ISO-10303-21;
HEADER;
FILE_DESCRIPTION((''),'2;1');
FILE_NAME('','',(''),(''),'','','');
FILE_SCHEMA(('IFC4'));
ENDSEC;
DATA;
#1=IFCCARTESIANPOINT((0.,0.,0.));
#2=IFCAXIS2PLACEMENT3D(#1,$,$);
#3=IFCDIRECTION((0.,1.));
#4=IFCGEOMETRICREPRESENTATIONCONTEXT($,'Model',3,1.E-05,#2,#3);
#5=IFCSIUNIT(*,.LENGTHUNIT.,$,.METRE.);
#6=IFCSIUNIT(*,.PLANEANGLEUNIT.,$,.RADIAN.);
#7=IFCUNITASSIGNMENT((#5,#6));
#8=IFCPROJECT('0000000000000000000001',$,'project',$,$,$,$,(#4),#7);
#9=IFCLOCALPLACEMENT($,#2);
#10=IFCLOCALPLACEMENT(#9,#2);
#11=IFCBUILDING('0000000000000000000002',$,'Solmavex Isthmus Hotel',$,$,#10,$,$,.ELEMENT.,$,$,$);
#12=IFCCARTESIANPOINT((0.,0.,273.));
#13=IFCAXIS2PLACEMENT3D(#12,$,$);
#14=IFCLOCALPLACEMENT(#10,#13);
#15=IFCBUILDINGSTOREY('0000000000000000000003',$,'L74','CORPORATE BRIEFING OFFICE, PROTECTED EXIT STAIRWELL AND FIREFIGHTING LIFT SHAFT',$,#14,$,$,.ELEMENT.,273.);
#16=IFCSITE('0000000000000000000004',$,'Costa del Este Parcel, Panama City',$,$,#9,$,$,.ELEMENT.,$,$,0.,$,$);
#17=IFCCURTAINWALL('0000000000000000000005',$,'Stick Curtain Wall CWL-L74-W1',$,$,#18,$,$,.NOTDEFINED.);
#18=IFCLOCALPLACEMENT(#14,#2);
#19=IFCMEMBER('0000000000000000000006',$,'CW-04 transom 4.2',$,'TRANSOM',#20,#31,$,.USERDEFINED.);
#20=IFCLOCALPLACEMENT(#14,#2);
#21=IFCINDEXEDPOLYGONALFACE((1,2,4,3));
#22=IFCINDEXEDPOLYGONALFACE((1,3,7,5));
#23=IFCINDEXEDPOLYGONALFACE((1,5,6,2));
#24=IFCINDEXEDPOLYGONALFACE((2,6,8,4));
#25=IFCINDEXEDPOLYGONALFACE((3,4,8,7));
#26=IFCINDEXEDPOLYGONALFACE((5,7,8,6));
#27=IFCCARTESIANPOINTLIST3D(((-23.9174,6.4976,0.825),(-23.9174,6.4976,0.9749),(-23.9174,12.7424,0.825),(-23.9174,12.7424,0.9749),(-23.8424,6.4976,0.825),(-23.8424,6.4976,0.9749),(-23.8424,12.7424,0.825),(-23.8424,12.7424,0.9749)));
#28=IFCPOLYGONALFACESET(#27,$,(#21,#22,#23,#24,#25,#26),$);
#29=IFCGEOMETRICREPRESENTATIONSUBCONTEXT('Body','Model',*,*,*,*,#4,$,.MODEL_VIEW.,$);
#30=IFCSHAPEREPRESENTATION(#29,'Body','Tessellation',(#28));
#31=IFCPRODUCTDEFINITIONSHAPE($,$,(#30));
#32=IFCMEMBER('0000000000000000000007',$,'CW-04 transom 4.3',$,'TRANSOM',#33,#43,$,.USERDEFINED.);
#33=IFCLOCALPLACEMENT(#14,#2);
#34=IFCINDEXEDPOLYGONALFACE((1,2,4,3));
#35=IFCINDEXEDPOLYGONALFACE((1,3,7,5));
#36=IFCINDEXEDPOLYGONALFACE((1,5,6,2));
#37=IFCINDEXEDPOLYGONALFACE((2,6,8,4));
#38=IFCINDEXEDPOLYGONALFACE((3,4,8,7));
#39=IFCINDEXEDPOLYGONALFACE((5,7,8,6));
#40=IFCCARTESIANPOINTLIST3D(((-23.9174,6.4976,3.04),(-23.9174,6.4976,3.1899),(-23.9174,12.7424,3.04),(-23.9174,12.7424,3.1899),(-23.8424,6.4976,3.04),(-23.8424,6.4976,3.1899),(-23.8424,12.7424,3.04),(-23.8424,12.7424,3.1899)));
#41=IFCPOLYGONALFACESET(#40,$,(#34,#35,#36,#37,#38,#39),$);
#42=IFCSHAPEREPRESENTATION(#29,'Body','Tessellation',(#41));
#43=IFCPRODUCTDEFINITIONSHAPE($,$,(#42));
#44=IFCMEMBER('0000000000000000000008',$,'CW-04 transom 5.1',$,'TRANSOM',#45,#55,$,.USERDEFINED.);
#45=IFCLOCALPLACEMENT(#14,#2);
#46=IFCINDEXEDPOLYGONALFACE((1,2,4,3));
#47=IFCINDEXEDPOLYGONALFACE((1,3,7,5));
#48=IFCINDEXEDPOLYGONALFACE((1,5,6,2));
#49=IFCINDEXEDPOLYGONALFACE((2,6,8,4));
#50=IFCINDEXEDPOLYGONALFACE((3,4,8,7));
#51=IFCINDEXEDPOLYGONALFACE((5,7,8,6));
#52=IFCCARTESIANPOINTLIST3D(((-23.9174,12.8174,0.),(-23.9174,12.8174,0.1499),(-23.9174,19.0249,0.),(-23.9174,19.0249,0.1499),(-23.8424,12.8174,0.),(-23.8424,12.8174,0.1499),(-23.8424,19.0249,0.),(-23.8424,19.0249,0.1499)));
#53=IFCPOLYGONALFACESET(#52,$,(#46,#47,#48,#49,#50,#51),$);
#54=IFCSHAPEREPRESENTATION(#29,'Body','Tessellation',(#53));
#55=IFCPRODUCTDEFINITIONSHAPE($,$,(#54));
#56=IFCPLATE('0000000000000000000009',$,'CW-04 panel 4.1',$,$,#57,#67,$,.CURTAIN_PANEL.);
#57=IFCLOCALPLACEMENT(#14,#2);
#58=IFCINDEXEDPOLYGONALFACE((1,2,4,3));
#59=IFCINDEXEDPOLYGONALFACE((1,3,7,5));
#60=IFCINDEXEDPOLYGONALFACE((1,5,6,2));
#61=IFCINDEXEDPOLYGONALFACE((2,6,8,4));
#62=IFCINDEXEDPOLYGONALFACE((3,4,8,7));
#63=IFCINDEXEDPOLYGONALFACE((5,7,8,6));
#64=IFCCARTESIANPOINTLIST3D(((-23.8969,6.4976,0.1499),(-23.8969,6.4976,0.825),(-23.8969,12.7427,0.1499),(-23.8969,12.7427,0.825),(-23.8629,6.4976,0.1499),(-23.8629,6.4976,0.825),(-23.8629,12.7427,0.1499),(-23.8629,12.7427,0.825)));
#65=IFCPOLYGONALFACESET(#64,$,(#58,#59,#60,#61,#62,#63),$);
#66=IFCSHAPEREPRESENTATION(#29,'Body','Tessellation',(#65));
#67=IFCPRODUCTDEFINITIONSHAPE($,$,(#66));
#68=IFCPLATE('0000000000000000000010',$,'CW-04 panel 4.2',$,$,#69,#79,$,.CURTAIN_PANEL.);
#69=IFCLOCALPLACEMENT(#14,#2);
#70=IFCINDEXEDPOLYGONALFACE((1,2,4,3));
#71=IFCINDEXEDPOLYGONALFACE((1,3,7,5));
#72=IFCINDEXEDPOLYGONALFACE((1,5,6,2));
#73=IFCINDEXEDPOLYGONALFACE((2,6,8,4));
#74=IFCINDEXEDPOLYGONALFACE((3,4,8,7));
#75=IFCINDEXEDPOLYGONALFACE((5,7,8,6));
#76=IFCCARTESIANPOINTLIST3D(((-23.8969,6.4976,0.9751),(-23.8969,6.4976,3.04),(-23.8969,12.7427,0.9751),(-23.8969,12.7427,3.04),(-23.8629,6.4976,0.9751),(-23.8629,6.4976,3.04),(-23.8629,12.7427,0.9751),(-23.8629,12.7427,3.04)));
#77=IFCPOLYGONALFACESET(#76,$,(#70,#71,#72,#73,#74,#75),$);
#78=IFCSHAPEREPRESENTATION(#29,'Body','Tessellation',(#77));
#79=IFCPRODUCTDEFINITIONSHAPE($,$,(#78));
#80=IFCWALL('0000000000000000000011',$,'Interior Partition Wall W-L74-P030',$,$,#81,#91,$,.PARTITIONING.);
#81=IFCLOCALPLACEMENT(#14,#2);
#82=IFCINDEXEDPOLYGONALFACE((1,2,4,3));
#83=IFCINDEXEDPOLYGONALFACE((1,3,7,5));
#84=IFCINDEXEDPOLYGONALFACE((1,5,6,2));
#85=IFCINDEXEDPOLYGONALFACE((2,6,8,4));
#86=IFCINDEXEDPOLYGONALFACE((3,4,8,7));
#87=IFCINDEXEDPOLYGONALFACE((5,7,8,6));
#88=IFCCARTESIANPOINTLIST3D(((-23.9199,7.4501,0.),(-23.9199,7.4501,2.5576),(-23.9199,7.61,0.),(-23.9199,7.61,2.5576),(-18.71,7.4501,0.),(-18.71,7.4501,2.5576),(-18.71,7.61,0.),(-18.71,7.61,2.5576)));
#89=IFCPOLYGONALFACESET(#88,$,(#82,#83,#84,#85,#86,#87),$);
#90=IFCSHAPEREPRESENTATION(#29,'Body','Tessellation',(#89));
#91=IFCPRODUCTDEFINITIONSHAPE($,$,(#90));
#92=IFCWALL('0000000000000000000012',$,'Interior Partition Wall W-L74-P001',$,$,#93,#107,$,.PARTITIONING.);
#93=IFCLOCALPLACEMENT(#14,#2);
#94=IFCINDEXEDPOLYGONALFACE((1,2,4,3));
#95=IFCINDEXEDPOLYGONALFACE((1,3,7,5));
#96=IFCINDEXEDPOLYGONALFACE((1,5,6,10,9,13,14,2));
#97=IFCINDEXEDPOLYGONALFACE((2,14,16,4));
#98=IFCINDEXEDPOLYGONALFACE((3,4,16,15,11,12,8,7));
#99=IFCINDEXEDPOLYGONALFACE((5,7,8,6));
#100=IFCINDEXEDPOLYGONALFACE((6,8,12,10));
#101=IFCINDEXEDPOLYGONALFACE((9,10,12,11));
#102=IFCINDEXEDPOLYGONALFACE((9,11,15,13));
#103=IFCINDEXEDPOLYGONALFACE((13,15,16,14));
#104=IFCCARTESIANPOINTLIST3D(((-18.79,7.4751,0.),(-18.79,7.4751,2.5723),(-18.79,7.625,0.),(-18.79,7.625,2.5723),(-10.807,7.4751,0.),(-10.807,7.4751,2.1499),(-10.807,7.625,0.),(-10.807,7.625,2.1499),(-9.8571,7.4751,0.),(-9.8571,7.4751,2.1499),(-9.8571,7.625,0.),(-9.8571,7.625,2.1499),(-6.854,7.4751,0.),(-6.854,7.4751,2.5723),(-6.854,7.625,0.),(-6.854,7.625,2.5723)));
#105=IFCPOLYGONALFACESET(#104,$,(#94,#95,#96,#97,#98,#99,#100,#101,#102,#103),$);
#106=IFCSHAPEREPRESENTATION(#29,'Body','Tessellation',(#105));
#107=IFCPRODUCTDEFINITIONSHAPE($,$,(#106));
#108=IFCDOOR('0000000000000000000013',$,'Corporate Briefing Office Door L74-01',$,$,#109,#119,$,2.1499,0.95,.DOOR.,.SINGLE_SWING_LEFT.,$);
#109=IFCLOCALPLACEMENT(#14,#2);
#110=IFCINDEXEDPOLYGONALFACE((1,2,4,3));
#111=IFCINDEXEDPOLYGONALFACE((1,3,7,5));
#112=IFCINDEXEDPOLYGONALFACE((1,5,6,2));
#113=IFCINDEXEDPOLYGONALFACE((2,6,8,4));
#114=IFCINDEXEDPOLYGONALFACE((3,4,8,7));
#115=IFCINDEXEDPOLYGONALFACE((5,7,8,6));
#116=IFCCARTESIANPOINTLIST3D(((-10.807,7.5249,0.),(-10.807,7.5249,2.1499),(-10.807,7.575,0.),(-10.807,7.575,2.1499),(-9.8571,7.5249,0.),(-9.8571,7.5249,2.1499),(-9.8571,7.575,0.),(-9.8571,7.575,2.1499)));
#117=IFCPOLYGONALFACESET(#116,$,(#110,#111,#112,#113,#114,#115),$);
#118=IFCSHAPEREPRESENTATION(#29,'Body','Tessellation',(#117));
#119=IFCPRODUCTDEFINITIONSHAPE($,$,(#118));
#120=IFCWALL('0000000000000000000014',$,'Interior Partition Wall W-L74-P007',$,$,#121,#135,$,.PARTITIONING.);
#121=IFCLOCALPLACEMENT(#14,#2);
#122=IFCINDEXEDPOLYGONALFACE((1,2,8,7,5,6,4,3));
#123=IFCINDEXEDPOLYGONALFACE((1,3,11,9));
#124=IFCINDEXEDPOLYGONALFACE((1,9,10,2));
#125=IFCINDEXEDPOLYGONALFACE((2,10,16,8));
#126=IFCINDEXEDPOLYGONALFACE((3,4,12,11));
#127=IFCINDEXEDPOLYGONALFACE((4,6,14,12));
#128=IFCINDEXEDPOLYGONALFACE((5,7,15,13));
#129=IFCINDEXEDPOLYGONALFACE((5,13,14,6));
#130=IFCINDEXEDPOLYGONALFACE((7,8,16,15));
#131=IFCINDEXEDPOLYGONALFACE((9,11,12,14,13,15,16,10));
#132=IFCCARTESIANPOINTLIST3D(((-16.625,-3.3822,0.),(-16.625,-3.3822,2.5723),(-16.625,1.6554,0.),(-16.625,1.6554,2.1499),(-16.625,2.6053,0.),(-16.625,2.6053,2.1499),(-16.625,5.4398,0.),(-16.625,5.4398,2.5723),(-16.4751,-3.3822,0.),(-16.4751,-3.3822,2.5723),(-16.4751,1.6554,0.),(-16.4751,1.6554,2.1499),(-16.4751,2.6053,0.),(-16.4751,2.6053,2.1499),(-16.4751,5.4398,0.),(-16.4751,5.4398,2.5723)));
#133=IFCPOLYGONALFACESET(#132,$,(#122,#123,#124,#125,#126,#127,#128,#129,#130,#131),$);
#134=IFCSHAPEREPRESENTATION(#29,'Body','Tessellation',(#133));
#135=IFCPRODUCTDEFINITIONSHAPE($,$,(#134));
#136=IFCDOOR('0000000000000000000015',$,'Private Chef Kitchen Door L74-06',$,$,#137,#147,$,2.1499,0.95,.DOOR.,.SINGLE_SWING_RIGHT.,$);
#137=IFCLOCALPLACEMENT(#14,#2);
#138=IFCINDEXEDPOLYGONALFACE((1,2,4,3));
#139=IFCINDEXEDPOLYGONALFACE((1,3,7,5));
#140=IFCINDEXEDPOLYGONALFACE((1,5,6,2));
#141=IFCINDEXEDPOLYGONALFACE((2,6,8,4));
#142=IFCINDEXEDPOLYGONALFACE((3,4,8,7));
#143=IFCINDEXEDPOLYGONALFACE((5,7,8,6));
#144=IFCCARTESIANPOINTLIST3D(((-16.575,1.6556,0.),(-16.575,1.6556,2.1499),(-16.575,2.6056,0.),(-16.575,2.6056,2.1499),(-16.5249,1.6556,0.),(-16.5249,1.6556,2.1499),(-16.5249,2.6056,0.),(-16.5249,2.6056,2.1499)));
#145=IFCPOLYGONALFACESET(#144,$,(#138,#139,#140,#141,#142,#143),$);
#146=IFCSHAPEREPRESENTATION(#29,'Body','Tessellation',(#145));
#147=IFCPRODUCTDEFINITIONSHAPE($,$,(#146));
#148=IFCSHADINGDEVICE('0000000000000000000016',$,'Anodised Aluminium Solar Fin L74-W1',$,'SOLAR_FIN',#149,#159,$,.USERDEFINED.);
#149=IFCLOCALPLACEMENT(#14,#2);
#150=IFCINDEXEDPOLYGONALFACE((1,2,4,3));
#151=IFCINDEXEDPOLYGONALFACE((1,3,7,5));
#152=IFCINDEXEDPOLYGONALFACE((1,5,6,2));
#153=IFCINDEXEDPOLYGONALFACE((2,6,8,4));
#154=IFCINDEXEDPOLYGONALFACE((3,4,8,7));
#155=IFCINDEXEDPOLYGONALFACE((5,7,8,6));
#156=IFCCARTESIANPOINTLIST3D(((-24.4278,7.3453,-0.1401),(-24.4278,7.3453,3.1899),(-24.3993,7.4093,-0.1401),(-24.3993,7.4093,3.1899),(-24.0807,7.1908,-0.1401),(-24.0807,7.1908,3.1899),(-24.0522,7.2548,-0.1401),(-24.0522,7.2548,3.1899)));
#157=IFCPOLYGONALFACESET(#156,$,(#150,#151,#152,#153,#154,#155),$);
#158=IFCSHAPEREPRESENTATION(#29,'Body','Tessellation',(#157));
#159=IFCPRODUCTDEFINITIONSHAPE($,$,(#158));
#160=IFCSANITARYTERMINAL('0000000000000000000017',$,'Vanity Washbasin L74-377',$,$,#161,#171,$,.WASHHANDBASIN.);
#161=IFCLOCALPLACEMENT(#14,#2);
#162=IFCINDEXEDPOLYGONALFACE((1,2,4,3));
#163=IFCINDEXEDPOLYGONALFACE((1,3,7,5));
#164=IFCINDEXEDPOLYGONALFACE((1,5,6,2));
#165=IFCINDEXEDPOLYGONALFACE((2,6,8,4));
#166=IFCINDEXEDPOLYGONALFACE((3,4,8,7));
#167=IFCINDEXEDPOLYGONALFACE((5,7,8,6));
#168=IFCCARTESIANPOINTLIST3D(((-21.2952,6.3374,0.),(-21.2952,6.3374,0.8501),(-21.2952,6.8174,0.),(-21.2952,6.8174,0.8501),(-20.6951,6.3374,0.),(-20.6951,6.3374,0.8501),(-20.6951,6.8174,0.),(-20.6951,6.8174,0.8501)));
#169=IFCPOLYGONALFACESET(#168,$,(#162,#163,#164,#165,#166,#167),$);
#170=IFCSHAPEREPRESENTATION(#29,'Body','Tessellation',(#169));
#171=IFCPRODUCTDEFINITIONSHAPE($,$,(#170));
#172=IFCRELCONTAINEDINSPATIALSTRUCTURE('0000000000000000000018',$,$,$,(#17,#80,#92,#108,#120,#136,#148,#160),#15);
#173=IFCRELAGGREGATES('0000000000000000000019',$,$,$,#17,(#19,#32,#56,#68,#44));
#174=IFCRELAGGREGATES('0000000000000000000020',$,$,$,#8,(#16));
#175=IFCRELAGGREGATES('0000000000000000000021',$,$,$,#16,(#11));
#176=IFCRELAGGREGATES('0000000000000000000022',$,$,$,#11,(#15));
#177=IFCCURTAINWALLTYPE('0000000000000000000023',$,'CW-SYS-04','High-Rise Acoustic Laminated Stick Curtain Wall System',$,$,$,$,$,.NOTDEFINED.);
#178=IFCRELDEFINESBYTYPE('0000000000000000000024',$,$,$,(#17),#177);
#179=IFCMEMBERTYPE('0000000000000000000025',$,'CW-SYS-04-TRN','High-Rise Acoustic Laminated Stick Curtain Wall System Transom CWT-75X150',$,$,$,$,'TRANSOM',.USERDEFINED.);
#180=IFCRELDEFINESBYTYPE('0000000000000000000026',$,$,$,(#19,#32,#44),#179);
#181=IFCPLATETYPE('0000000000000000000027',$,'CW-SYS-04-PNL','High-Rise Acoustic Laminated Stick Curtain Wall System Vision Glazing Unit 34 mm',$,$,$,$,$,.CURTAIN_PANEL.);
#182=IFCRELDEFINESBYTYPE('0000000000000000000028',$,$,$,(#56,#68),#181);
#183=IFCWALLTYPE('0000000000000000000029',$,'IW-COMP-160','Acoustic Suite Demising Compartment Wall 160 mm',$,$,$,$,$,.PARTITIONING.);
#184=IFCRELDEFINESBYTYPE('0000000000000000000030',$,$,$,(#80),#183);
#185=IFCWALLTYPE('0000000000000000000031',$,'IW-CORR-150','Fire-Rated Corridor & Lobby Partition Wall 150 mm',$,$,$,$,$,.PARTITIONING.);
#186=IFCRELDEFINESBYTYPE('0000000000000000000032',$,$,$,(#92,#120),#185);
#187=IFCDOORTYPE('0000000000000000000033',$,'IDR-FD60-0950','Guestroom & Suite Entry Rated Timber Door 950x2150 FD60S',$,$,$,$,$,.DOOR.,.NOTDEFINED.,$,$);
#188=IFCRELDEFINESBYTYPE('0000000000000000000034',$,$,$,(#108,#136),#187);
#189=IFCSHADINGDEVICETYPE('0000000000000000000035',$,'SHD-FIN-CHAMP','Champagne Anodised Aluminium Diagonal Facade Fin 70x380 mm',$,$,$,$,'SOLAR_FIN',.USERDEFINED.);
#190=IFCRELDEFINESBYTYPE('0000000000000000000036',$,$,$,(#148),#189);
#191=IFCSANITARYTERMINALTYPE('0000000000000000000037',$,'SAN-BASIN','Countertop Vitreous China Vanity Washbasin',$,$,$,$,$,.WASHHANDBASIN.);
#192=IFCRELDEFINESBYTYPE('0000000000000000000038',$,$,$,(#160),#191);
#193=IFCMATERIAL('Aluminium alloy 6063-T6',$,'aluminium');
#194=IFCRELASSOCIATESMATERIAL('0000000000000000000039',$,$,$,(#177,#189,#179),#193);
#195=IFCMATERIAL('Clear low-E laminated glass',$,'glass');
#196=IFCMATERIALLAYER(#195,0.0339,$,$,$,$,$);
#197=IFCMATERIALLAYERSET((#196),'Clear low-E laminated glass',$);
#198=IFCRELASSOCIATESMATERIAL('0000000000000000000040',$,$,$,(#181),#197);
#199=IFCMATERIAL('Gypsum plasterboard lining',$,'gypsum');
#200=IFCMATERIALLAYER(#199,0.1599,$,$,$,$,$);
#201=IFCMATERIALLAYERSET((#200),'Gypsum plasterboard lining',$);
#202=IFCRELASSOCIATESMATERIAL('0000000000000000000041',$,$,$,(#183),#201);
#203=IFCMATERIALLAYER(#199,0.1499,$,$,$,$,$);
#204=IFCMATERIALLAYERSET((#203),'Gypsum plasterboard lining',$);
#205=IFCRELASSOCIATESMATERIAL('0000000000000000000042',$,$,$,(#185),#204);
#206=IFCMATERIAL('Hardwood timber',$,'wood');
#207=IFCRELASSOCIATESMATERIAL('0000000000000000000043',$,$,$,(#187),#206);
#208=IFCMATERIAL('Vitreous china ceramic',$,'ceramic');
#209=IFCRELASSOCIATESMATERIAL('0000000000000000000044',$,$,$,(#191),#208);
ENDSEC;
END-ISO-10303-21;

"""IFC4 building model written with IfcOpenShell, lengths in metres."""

from ifc_helpers import new_model, si_unit, direction, frame, frame_2d, origin, origin_2d, place, context, subcontext, project, spatial, rectangle, extrude, material, layer, layer_set, material_profile, profile_set, type_object, element, fill, aggregate, save


model = new_model("IFC4")

# Units and contexts
model_context = context("Model", 3, precision=1e-05, world=origin(), true_north=direction((0.0, 1.0)))
body_context = subcontext(model_context, "Body", "Model", "MODEL_VIEW")
ifc_project = project(units=[si_unit("LENGTHUNIT", "METRE"), si_unit("PLANEANGLEUNIT", "RADIAN")], contexts=[model_context])

# Site, building, storey
site_placement = place(None, origin())
site = spatial("IfcSite", under=ifc_project, at=site_placement, Name="Costa del Este Parcel, Panama City", CompositionType="ELEMENT", RefElevation=0.0)
building_placement = place(site_placement, origin())
building = spatial("IfcBuilding", under=site, at=building_placement, Name="Solmavex Isthmus Hotel", CompositionType="ELEMENT")
storey_placement = place(building_placement, frame((0.0, 0.0, 273.0)))
storey = spatial("IfcBuildingStorey", under=building, at=storey_placement, Name="L74", Description="CORPORATE BRIEFING OFFICE, PROTECTED EXIT STAIRWELL AND FIREFIGHTING LIFT SHAFT", CompositionType="ELEMENT", Elevation=273.0)

# Curtain wall, members, plates
ifc_material_1 = material(Name="Aluminium alloy 6063-T6", Category="aluminium")
curtain_wall_type = type_object("IfcCurtainWallType", Name="CW-SYS-04", Description="High-Rise Acoustic Laminated Stick Curtain Wall System", PredefinedType="NOTDEFINED", material=ifc_material_1)
curtain_wall_placement = place(storey_placement, origin())
curtain_wall = element("IfcCurtainWall", 1, at=curtain_wall_placement, inside=storey, type_object=curtain_wall_type, Name="Stick Curtain Wall CWL-L74-W1", PredefinedType="NOTDEFINED")
ifc_material_profile_1 = material_profile(ifc_material_1, rectangle(XDim=0.075, YDim=0.1499, at=origin_2d()), Name="CWT-75X150")
ifc_profile_set_1 = profile_set([ifc_material_profile_1], Name="Aluminium alloy 6063-T6")
member_type_1 = type_object("IfcMemberType", Name="CW-SYS-04-TRN", Description="High-Rise Acoustic Laminated Stick Curtain Wall System Transom CWT-75X150", ElementType="TRANSOM", PredefinedType="USERDEFINED", material=ifc_profile_set_1)
member_1_placement = place(storey_placement, frame((-23.8799, 6.4976, 0.8999), z_axis=(0.0, 1.0, 0.0), x_axis=(-1.0, 0.0, 0.0)))
member_1 = element("IfcMember", 2, at=member_1_placement, type_object=member_type_1, Name="CW-04 transom 4.2", ObjectType="TRANSOM", PredefinedType="USERDEFINED", context=body_context, shape_type="SweptSolid", body=[
    extrude(rectangle(XDim=0.075, YDim=0.1499, at=origin_2d()), origin(), (0.0, 0.0, 1.0), 6.2449),
])
member_2_placement = place(storey_placement, frame((-23.8799, 6.4976, 3.115), z_axis=(0.0, 1.0, 0.0), x_axis=(-1.0, 0.0, 0.0)))
member_2 = element("IfcMember", 3, at=member_2_placement, type_object=member_type_1, Name="CW-04 transom 4.3", ObjectType="TRANSOM", PredefinedType="USERDEFINED", context=body_context, shape_type="SweptSolid", body=[
    extrude(rectangle(XDim=0.075, YDim=0.1499, at=origin_2d()), origin(), (0.0, 0.0, 1.0), 6.2449),
])
member_3_placement = place(storey_placement, frame((-23.8799, 12.8174, 0.075), z_axis=(0.0, 1.0, 0.0), x_axis=(-1.0, 0.0, 0.0)))
member_3 = element("IfcMember", 4, at=member_3_placement, type_object=member_type_1, Name="CW-04 transom 5.1", ObjectType="TRANSOM", PredefinedType="USERDEFINED", context=body_context, shape_type="SweptSolid", body=[
    extrude(rectangle(XDim=0.075, YDim=0.1499, at=origin_2d()), origin(), (0.0, 0.0, 1.0), 6.2075),
])
ifc_material_2 = material(Name="Clear low-E laminated glass", Category="glass")
ifc_layer_1 = layer(ifc_material_2, 0.0339)
ifc_layer_set_1 = layer_set([ifc_layer_1], Name="Clear low-E laminated glass")
plate_type = type_object("IfcPlateType", Name="CW-SYS-04-PNL", Description="High-Rise Acoustic Laminated Stick Curtain Wall System Vision Glazing Unit 34 mm", PredefinedType="CURTAIN_PANEL", material=ifc_layer_set_1)
plate_1_placement = place(storey_placement, frame((-23.8799, 9.6201, 0.1499), z_axis=(0.0, 0.0, 1.0), x_axis=(0.0, 1.0, 0.0)))
plate_1 = element("IfcPlate", 5, at=plate_1_placement, type_object=plate_type, Name="CW-04 panel 4.1", PredefinedType="CURTAIN_PANEL", context=body_context, shape_type="SweptSolid", body=[
    extrude(rectangle(XDim=6.2451, YDim=0.0339, at=origin_2d()), origin(), (0.0, 0.0, 1.0), 0.675),
])
plate_2_placement = place(storey_placement, frame((-23.8799, 9.6201, 0.9751), z_axis=(0.0, 0.0, 1.0), x_axis=(0.0, 1.0, 0.0)))
plate_2 = element("IfcPlate", 6, at=plate_2_placement, type_object=plate_type, Name="CW-04 panel 4.2", PredefinedType="CURTAIN_PANEL", context=body_context, shape_type="SweptSolid", body=[
    extrude(rectangle(XDim=6.2451, YDim=0.0339, at=origin_2d()), origin(), (0.0, 0.0, 1.0), 2.0649),
])
aggregate(curtain_wall, [member_1, member_2, plate_1, plate_2, member_3])

# Wall
ifc_material_3 = material(Name="Gypsum plasterboard lining", Category="gypsum")
ifc_layer_2 = layer(ifc_material_3, 0.1599)
ifc_layer_set_2 = layer_set([ifc_layer_2], Name="Gypsum plasterboard lining")
wall_type_1 = type_object("IfcWallType", Name="IW-COMP-160", Description="Acoustic Suite Demising Compartment Wall 160 mm", PredefinedType="PARTITIONING", material=ifc_layer_set_2)
wall_1_placement = place(storey_placement, frame((-18.71, 7.53, 0.0), z_axis=(0.0, 0.0, 1.0), x_axis=(-1.0, 0.0, 0.0)))
element("IfcWall", 7, at=wall_1_placement, inside=storey, type_object=wall_type_1, Name="Interior Partition Wall W-L74-P030", PredefinedType="PARTITIONING", context=body_context, shape_type="SweptSolid", body=[
    extrude(rectangle(XDim=5.21, YDim=0.1599, at=frame_2d((2.605, 0.0))), origin(), (0.0, 0.0, 1.0), 2.5576),
])

# Walls, openings, doors
ifc_layer_3 = layer(ifc_material_3, 0.1499)
ifc_layer_set_3 = layer_set([ifc_layer_3], Name="Gypsum plasterboard lining")
wall_type_2 = type_object("IfcWallType", Name="IW-CORR-150", Description="Fire-Rated Corridor & Lobby Partition Wall 150 mm", PredefinedType="PARTITIONING", material=ifc_layer_set_3)
wall_2_placement = place(storey_placement, frame((-18.79, 7.55, 0.0), z_axis=(0.0, 0.0, 1.0), x_axis=(1.0, 0.0, 0.0)))
wall_2 = element("IfcWall", 8, at=wall_2_placement, inside=storey, type_object=wall_type_2, Name="Interior Partition Wall W-L74-P001", PredefinedType="PARTITIONING", context=body_context, shape_type="SweptSolid", body=[
    extrude(rectangle(XDim=11.936, YDim=0.1499, at=frame_2d((5.968, 0.0))), origin(), (0.0, 0.0, 1.0), 2.5723),
])
opening_1_placement = place(wall_2_placement, frame((7.9829, 0.0, 0.0)))
opening_1 = element("IfcOpeningElement", 9, at=opening_1_placement, cuts=wall_2, PredefinedType="OPENING", context=body_context, shape_type="SweptSolid", body=[
    extrude(rectangle(XDim=0.95, YDim=2.1499, at=frame_2d((0.4751, 1.075))), frame((0.0, 0.085, 0.0), z_axis=(0.0, -1.0, 0.0), x_axis=(1.0, 0.0, 0.0)), (0.0, 0.0, 1.0), 0.1699),
])
ifc_material_4 = material(Name="Hardwood timber", Category="wood")
door_type = type_object("IfcDoorType", Name="IDR-FD60-0950", Description="Guestroom & Suite Entry Rated Timber Door 950x2150 FD60S", OperationType="NOTDEFINED", PredefinedType="DOOR", material=ifc_material_4)
door_1_placement = place(opening_1_placement, origin())
door_1 = element("IfcDoor", 10, at=door_1_placement, inside=storey, type_object=door_type, Name="Corporate Briefing Office Door L74-01", OperationType="SINGLE_SWING_LEFT", OverallHeight=2.1499, OverallWidth=0.95, PredefinedType="DOOR", context=body_context, shape_type="SweptSolid", body=[
    extrude(rectangle(XDim=0.95, YDim=2.1499, at=frame_2d((0.4751, 1.075))), frame((0.0, 0.0249, 0.0), z_axis=(0.0, -1.0, 0.0), x_axis=(1.0, 0.0, 0.0)), (0.0, 0.0, 1.0), 0.05),
])
fill(opening_1, door_1)
wall_3_placement = place(storey_placement, frame((-16.55, 5.4399, 0.0), z_axis=(0.0, 0.0, 1.0), x_axis=(0.0, -1.0, 0.0)))
wall_3 = element("IfcWall", 11, at=wall_3_placement, inside=storey, type_object=wall_type_2, Name="Interior Partition Wall W-L74-P007", PredefinedType="PARTITIONING", context=body_context, shape_type="SweptSolid", body=[
    extrude(rectangle(XDim=8.822, YDim=0.1499, at=frame_2d((4.4111, 0.0))), origin(), (0.0, 0.0, 1.0), 2.5723),
])
opening_2_placement = place(wall_3_placement, frame((2.8345, 0.0, 0.0)))
opening_2 = element("IfcOpeningElement", 12, at=opening_2_placement, cuts=wall_3, PredefinedType="OPENING", context=body_context, shape_type="SweptSolid", body=[
    extrude(rectangle(XDim=0.95, YDim=2.1499, at=frame_2d((0.4751, 1.075))), frame((0.0, 0.085, 0.0), z_axis=(0.0, -1.0, 0.0), x_axis=(1.0, 0.0, 0.0)), (0.0, 0.0, 1.0), 0.1699),
])
door_2_placement = place(opening_2_placement, frame((0.95, 0.0, 0.0), z_axis=(0.0, 0.0, 1.0), x_axis=(-1.0, 0.0, 0.0)))
door_2 = element("IfcDoor", 13, at=door_2_placement, inside=storey, type_object=door_type, Name="Private Chef Kitchen Door L74-06", OperationType="SINGLE_SWING_RIGHT", OverallHeight=2.1499, OverallWidth=0.95, PredefinedType="DOOR", context=body_context, shape_type="SweptSolid", body=[
    extrude(rectangle(XDim=0.95, YDim=2.1499, at=frame_2d((0.4751, 1.075))), frame((0.0, 0.0249, 0.0), z_axis=(0.0, -1.0, 0.0), x_axis=(1.0, 0.0, 0.0)), (0.0, 0.0, 1.0), 0.05),
])
fill(opening_2, door_2)

# Shading device
shading_device_type = type_object("IfcShadingDeviceType", Name="SHD-FIN-CHAMP", Description="Champagne Anodised Aluminium Diagonal Facade Fin 70x380 mm", ElementType="SOLAR_FIN", PredefinedType="USERDEFINED", material=ifc_material_1)
shading_device_placement = place(storey_placement, frame((-24.24, 7.3, -0.1401), z_axis=(0.0, 0.0, 1.0), x_axis=(-0.913545, 0.406737, 0.0)))
element("IfcShadingDevice", 14, at=shading_device_placement, inside=storey, type_object=shading_device_type, Name="Anodised Aluminium Solar Fin L74-W1", ObjectType="SOLAR_FIN", PredefinedType="USERDEFINED", context=body_context, shape_type="SweptSolid", body=[
    extrude(rectangle(XDim=0.3799, YDim=0.0701, at=origin_2d()), origin(), (0.0, 0.0, 1.0), 3.3301),
])

# Sanitary terminal
ifc_material_5 = material(Name="Vitreous china ceramic", Category="ceramic")
sanitary_terminal_type_1 = type_object("IfcSanitaryTerminalType", Name="SAN-BASIN", Description="Countertop Vitreous China Vanity Washbasin", PredefinedType="WASHHANDBASIN", material=ifc_material_5)
sanitary_terminal_1_placement = place(storey_placement, frame((-20.9951, 6.5774, 0.0), z_axis=(0.0, 0.0, 1.0), x_axis=(1.0, 0.0, 0.0)))
element("IfcSanitaryTerminal", 15, at=sanitary_terminal_1_placement, inside=storey, type_object=sanitary_terminal_type_1, Name="Vanity Washbasin L74-377", PredefinedType="WASHHANDBASIN", context=body_context, shape_type="SweptSolid", body=[
    extrude(rectangle(XDim=0.6001, YDim=0.48, at=origin_2d()), origin(), (0.0, 0.0, 1.0), 0.8501),
])

save(model, "model.ifc")
